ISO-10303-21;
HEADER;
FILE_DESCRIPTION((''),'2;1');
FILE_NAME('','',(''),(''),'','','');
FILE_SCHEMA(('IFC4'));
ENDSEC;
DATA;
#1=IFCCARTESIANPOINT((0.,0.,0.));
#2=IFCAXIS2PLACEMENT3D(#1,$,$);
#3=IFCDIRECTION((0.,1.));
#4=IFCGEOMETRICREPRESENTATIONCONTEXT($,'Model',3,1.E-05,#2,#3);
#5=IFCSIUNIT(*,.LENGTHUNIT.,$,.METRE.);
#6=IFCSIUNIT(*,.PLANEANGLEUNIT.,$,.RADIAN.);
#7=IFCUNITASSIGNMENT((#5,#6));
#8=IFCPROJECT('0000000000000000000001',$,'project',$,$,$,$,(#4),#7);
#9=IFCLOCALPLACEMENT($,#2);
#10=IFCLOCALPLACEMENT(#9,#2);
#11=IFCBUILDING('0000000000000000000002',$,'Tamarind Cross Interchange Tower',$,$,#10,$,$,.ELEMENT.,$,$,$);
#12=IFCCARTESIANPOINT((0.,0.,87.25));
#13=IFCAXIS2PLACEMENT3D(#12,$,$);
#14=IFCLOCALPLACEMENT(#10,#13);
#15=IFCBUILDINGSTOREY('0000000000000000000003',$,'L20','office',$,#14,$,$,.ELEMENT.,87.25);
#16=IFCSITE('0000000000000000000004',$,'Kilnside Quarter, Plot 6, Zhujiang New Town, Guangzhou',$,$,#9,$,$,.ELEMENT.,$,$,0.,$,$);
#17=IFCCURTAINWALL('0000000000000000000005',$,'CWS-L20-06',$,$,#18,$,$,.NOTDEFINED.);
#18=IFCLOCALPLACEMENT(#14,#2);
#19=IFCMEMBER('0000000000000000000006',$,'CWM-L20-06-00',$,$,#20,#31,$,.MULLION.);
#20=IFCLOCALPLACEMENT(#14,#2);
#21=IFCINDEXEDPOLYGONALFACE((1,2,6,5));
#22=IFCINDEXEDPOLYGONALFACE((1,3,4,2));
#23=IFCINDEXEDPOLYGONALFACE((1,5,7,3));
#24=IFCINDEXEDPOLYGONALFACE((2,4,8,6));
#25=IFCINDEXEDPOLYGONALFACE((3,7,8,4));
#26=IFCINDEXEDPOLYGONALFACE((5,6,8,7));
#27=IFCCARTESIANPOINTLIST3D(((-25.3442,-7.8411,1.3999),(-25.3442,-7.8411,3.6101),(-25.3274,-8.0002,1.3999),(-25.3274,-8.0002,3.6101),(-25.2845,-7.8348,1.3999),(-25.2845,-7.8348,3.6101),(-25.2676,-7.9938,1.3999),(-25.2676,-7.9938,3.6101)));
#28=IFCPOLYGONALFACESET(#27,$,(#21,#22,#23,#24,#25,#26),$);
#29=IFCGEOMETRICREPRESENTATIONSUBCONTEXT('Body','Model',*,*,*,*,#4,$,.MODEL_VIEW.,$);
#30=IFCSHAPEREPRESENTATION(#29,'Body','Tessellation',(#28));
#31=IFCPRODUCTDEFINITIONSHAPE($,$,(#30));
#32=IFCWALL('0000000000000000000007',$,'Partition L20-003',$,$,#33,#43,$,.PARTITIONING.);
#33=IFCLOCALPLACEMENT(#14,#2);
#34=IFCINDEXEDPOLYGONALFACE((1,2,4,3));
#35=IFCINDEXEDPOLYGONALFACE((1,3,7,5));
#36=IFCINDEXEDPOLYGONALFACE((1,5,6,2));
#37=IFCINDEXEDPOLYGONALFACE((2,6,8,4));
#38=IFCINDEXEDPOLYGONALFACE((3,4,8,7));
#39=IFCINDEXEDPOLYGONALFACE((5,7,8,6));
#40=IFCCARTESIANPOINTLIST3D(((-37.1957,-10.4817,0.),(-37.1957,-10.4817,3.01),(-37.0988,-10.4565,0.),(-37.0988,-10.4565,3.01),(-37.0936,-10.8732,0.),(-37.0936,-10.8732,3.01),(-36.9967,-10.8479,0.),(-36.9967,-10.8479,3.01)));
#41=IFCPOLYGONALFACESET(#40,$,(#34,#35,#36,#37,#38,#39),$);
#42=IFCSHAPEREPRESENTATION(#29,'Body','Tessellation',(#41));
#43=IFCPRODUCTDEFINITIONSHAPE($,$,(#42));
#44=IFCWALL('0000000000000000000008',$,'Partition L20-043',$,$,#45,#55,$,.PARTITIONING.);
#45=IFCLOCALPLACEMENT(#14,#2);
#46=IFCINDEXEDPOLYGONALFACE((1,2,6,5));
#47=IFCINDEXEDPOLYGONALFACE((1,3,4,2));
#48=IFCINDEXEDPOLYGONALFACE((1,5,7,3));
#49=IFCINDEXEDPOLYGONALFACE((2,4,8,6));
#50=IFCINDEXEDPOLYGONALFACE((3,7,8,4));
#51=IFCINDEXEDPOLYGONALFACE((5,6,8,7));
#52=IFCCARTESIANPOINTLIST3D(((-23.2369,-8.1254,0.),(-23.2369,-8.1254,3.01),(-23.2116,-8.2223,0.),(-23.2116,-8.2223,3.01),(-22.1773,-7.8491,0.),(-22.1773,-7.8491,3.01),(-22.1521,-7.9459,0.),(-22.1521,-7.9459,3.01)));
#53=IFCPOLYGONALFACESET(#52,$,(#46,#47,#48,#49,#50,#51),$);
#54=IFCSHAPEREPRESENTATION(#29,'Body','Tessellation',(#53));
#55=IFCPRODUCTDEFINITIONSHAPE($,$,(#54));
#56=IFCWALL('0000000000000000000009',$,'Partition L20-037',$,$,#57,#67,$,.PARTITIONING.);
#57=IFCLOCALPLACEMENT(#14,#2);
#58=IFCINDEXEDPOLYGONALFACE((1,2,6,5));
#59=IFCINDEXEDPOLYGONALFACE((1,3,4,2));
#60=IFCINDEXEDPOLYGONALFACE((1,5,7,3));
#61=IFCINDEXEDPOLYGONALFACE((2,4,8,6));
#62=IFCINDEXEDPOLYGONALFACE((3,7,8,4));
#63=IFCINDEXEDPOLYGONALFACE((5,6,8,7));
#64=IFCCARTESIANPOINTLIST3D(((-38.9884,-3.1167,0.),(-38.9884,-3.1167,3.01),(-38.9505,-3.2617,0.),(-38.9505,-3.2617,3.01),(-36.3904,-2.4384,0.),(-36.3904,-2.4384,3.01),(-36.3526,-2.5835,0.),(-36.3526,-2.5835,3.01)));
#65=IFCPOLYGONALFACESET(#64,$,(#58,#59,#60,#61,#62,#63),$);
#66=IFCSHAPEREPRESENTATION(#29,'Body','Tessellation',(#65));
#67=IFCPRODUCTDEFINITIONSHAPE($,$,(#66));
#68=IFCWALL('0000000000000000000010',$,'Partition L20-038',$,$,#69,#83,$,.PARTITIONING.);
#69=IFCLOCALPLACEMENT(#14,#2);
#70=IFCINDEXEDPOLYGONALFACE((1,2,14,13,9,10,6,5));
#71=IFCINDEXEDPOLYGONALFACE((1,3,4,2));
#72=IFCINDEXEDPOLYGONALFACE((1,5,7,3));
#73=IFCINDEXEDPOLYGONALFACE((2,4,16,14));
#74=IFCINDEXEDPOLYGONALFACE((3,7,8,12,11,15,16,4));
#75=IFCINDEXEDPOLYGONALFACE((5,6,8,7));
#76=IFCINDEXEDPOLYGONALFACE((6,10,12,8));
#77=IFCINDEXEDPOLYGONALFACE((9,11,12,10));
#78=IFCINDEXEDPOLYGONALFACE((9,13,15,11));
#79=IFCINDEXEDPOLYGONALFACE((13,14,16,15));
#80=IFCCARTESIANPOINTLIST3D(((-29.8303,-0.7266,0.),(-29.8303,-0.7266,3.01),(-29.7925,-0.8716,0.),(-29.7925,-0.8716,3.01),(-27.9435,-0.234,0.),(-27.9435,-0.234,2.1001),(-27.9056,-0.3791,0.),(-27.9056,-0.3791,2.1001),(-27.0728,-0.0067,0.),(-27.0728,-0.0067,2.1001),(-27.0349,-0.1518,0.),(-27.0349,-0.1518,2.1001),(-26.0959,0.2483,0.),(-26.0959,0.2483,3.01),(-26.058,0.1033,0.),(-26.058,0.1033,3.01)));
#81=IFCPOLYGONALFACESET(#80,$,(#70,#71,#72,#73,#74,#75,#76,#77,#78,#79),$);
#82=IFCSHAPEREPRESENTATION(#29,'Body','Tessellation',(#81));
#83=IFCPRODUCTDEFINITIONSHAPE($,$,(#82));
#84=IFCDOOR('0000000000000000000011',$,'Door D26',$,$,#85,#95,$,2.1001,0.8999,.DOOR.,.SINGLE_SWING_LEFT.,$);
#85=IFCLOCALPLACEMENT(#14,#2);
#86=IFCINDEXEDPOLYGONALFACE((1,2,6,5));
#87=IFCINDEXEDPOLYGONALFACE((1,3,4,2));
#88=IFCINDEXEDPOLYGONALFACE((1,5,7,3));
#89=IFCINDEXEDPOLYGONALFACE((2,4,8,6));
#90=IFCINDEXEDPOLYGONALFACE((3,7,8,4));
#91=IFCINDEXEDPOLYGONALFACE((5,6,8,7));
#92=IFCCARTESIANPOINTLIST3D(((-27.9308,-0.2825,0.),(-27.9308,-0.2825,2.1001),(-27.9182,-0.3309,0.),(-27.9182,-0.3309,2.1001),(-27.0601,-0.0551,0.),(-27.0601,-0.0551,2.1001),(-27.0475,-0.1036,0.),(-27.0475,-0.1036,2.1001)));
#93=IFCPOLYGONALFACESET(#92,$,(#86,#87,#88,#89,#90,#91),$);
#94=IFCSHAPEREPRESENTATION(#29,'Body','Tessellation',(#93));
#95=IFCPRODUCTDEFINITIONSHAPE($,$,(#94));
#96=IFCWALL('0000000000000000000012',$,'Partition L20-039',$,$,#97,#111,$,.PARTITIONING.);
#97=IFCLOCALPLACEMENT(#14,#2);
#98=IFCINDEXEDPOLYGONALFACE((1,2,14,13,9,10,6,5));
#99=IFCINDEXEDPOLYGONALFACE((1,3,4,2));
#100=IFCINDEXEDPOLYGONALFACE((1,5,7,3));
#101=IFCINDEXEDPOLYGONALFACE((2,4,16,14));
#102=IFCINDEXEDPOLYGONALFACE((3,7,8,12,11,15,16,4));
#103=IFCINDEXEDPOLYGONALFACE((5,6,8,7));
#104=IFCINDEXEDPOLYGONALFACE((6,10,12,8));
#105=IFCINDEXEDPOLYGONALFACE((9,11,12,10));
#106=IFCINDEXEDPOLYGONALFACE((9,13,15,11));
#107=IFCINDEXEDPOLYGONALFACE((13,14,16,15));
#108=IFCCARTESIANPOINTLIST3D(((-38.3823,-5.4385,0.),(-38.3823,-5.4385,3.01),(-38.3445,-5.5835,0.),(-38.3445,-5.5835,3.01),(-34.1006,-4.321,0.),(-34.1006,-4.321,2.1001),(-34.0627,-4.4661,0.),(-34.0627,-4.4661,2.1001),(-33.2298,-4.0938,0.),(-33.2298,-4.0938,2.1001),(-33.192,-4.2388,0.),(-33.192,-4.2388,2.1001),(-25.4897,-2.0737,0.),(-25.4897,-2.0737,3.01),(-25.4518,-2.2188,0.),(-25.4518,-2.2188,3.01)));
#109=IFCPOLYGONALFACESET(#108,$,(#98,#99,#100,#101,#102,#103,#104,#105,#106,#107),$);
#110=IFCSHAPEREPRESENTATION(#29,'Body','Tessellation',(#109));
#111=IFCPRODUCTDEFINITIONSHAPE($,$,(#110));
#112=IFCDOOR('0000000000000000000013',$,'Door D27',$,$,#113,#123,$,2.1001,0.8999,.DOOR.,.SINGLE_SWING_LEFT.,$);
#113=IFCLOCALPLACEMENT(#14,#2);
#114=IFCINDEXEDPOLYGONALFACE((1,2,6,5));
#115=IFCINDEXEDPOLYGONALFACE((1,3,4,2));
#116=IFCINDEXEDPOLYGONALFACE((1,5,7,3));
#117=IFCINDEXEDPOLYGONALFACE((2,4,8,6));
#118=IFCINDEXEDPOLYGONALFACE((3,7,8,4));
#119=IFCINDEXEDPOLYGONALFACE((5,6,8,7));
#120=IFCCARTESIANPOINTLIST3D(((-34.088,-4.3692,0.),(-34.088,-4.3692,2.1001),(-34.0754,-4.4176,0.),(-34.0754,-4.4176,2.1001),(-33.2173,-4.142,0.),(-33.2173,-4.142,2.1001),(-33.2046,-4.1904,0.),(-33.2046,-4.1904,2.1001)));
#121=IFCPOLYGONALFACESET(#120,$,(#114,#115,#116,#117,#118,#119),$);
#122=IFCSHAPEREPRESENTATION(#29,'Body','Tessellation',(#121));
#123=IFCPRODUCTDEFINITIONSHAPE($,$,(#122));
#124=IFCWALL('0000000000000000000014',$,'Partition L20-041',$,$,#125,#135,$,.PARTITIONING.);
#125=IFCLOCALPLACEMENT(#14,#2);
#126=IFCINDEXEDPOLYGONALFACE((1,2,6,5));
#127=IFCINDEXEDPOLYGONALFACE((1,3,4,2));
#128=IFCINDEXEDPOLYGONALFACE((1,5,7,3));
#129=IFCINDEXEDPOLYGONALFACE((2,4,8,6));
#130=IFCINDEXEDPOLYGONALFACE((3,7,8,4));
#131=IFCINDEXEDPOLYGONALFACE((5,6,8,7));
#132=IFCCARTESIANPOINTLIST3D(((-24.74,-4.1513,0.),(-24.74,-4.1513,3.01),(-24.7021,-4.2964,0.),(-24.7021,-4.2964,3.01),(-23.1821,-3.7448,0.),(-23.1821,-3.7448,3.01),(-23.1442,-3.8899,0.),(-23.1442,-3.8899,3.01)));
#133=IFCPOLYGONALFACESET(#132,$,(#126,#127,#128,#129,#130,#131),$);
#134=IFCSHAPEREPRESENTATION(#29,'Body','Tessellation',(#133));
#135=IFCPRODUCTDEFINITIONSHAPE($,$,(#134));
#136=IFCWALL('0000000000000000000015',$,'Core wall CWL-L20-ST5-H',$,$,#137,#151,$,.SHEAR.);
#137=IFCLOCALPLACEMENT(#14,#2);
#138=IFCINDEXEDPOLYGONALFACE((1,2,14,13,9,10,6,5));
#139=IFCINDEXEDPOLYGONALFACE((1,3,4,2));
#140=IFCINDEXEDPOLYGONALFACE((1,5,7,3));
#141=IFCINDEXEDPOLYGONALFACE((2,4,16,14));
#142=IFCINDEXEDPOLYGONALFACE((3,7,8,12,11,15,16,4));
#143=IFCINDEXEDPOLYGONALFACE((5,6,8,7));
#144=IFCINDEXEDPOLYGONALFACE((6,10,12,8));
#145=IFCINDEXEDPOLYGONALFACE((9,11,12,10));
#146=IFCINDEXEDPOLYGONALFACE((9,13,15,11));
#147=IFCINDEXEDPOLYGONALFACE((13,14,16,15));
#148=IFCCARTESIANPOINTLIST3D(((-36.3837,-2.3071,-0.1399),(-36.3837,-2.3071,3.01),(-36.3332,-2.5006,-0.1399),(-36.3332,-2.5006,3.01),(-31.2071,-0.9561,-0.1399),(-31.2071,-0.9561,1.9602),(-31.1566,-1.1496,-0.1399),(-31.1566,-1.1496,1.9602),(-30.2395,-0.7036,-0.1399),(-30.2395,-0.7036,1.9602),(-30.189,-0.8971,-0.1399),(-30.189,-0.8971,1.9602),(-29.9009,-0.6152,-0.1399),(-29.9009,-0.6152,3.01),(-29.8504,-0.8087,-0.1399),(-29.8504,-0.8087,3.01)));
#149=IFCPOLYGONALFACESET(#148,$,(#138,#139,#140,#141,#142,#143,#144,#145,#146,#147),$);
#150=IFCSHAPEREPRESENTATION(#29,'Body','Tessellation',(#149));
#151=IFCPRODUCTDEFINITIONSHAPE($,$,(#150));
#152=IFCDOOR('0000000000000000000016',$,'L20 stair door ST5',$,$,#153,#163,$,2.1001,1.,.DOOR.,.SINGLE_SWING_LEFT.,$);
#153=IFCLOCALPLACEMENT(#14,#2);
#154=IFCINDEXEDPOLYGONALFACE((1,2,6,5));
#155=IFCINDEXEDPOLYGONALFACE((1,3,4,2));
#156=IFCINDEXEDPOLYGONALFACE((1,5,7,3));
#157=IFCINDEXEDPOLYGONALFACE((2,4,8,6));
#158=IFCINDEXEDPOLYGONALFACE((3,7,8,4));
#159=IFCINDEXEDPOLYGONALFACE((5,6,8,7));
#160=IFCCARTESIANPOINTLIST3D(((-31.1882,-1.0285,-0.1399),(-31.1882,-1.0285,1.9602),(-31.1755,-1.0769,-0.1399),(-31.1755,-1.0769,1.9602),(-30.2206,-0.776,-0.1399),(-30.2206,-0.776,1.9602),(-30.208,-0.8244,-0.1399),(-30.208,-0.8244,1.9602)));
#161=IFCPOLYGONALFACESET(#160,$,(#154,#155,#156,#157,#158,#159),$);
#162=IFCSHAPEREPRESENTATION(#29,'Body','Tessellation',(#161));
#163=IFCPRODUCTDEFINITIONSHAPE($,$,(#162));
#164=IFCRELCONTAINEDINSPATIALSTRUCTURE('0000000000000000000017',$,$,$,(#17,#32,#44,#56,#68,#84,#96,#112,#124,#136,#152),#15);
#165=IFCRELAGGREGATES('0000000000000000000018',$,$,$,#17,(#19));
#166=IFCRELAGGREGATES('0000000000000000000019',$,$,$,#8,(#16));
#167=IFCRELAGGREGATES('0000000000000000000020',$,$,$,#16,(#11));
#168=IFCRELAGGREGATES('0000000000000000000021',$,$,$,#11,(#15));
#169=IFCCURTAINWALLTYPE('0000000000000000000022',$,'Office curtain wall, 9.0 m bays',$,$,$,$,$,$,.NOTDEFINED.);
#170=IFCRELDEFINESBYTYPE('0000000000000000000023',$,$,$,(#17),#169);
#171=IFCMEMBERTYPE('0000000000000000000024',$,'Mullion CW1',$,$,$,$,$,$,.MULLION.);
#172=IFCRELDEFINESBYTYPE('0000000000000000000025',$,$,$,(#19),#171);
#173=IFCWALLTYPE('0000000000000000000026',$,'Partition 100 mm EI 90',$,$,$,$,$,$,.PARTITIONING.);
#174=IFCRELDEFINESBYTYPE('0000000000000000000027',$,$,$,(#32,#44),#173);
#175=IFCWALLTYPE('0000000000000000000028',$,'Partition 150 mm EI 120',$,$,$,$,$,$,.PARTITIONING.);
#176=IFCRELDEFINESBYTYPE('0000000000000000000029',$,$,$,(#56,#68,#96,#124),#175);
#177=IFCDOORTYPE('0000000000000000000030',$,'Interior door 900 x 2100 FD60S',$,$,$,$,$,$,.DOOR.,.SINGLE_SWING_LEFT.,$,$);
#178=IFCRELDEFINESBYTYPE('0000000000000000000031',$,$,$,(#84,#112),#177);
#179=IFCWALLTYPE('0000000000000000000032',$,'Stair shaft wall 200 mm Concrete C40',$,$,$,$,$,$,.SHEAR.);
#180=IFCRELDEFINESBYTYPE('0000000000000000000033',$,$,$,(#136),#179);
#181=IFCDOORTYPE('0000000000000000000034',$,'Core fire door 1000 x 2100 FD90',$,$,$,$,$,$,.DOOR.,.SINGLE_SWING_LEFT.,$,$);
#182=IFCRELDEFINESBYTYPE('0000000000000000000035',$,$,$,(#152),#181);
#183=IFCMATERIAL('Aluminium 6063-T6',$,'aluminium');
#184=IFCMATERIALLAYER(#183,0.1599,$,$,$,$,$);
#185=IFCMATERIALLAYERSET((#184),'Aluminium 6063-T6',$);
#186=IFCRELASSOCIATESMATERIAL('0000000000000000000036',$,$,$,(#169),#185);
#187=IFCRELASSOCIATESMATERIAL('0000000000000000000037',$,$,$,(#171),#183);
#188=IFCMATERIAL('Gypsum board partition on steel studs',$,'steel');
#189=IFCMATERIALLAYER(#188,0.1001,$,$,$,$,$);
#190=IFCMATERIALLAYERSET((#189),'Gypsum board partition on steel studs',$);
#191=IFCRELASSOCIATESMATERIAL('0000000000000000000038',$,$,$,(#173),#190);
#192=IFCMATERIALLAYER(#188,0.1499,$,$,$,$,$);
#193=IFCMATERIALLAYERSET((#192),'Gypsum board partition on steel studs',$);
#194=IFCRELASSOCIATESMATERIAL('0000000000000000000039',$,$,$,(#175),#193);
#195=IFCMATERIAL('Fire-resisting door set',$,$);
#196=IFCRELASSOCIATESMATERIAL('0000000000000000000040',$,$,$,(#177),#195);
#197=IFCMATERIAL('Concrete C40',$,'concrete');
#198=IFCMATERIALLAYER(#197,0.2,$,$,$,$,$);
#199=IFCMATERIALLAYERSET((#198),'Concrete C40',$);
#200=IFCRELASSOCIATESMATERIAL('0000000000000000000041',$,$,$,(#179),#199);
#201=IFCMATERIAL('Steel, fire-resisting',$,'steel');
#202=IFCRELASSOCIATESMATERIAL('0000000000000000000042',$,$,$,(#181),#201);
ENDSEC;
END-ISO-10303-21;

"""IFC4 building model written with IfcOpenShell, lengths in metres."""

from ifc_helpers import new_model, si_unit, direction, frame, frame_2d, origin, origin_2d, place, context, subcontext, project, spatial, rectangle, extrude, material, layer, layer_set, material_profile, profile_set, type_object, element, fill, aggregate, save


model = new_model("IFC4")

# Units and contexts
model_context = context("Model", 3, precision=1e-05, world=origin(), true_north=direction((0.0, 1.0)))
body_context = subcontext(model_context, "Body", "Model", "MODEL_VIEW")
ifc_project = project(units=[si_unit("LENGTHUNIT", "METRE"), si_unit("PLANEANGLEUNIT", "RADIAN")], contexts=[model_context])

# Site, building, storey
site_placement = place(None, origin())
site = spatial("IfcSite", under=ifc_project, at=site_placement, Name="Kilnside Quarter, Plot 6, Zhujiang New Town, Guangzhou", CompositionType="ELEMENT", RefElevation=0.0)
building_placement = place(site_placement, origin())
building = spatial("IfcBuilding", under=site, at=building_placement, Name="Tamarind Cross Interchange Tower", CompositionType="ELEMENT")
storey_placement = place(building_placement, frame((0.0, 0.0, 87.25)))
storey = spatial("IfcBuildingStorey", under=building, at=storey_placement, Name="L20", Description="office", CompositionType="ELEMENT", Elevation=87.25)

# Shared definitions
ifc_material_1 = material(Name="Aluminium 6063-T6", Category="aluminium")
ifc_layer_1 = layer(ifc_material_1, 0.1599)
ifc_layer_set_1 = layer_set([ifc_layer_1], Name="Aluminium 6063-T6")
curtain_wall_type = type_object("IfcCurtainWallType", Name="Office curtain wall, 9.0 m bays", PredefinedType="NOTDEFINED", material=ifc_layer_set_1)
ifc_material_profile_1 = material_profile(ifc_material_1, rectangle(XDim=0.0601, YDim=0.1599, at=origin_2d()), Name="Mullion CW1")
ifc_profile_set_1 = profile_set([ifc_material_profile_1], Name="Aluminium 6063-T6")
member_type = type_object("IfcMemberType", Name="Mullion CW1", PredefinedType="MULLION", material=ifc_profile_set_1)

# Curtain wall, member
curtain_wall_1_placement = place(storey_placement, origin())
curtain_wall_1 = element("IfcCurtainWall", 1, at=curtain_wall_1_placement, inside=storey, type_object=curtain_wall_type, Name="CWS-L20-06", PredefinedType="NOTDEFINED")
member_1_placement = place(storey_placement, frame((-25.3059, -7.9175, 1.3999), z_axis=(0.0, 0.0, 1.0), x_axis=(0.99444, 0.105306, 0.0)))
member_1 = element("IfcMember", 2, at=member_1_placement, type_object=member_type, Name="CWM-L20-06-00", PredefinedType="MULLION", context=body_context, shape_type="SweptSolid", body=[
    extrude(rectangle(XDim=0.0601, YDim=0.1599, at=origin_2d()), origin(), (0.0, 0.0, 1.0), 2.2102),
])
aggregate(curtain_wall_1, [member_1])

# Walls
ifc_material_2 = material(Name="Gypsum board partition on steel studs", Category="steel")
ifc_layer_2 = layer(ifc_material_2, 0.1001)
ifc_layer_set_2 = layer_set([ifc_layer_2], Name="Gypsum board partition on steel studs")
wall_type_1 = type_object("IfcWallType", Name="Partition 100 mm EI 90", PredefinedType="PARTITIONING", material=ifc_layer_set_2)
wall_1_placement = place(storey_placement, frame((-37.1472, -10.4692, 0.0), z_axis=(0.0, 0.0, 1.0), x_axis=(0.252324, -0.967643, 0.0)))
element("IfcWall", 3, at=wall_1_placement, inside=storey, type_object=wall_type_1, Name="Partition L20-003", PredefinedType="PARTITIONING", context=body_context, shape_type="SweptSolid", body=[
    extrude(rectangle(XDim=0.4045, YDim=0.1001, at=frame_2d((0.2021, 0.0))), origin(), (0.0, 0.0, 1.0), 3.01),
])
wall_2_placement = place(storey_placement, frame((-23.2241, -8.1738, 0.0), z_axis=(0.0, 0.0, 1.0), x_axis=(0.967627, 0.252386, 0.0)))
element("IfcWall", 4, at=wall_2_placement, inside=storey, type_object=wall_type_1, Name="Partition L20-043", PredefinedType="PARTITIONING", context=body_context, shape_type="SweptSolid", body=[
    extrude(rectangle(XDim=1.095, YDim=0.1001, at=frame_2d((0.5474, 0.0))), origin(), (0.0, 0.0, 1.0), 3.01),
])
ifc_layer_3 = layer(ifc_material_2, 0.1499)
ifc_layer_set_3 = layer_set([ifc_layer_3], Name="Gypsum board partition on steel studs")
wall_type_2 = type_object("IfcWallType", Name="Partition 150 mm EI 120", PredefinedType="PARTITIONING", material=ifc_layer_set_3)
wall_3_placement = place(storey_placement, frame((-38.9695, -3.1892, 0.0), z_axis=(0.0, 0.0, 1.0), x_axis=(0.967571, 0.2526, 0.0)))
element("IfcWall", 5, at=wall_3_placement, inside=storey, type_object=wall_type_2, Name="Partition L20-037", PredefinedType="PARTITIONING", context=body_context, shape_type="SweptSolid", body=[
    extrude(rectangle(XDim=2.6851, YDim=0.1499, at=frame_2d((1.3425, 0.0))), origin(), (0.0, 0.0, 1.0), 3.01),
])

# Walls, openings, doors
wall_4_placement = place(storey_placement, frame((-29.8113, -0.7991, 0.0), z_axis=(0.0, 0.0, 1.0), x_axis=(0.967575, 0.252584, 0.0)))
wall_4 = element("IfcWall", 6, at=wall_4_placement, inside=storey, type_object=wall_type_2, Name="Partition L20-038", PredefinedType="PARTITIONING", context=body_context, shape_type="SweptSolid", body=[
    extrude(rectangle(XDim=3.8596, YDim=0.1499, at=frame_2d((1.9297, 0.0))), origin(), (0.0, 0.0, 1.0), 3.01),
])
opening_1_placement = place(wall_4_placement, frame((1.95, 0.0, 0.0)))
opening_1 = element("IfcOpeningElement", 7, at=opening_1_placement, cuts=wall_4, PredefinedType="OPENING", context=body_context, shape_type="SweptSolid", body=[
    extrude(rectangle(XDim=0.8999, YDim=2.1001, at=frame_2d((0.45, 1.05))), frame((0.0, 0.085, 0.0), z_axis=(0.0, -1.0, 0.0), x_axis=(1.0, 0.0, 0.0)), (0.0, 0.0, 1.0), 0.1699),
])
ifc_material_3 = material(Name="Fire-resisting door set")
door_type_1 = type_object("IfcDoorType", Name="Interior door 900 x 2100 FD60S", OperationType="SINGLE_SWING_LEFT", PredefinedType="DOOR", material=ifc_material_3)
door_1_placement = place(opening_1_placement, origin())
door_1 = element("IfcDoor", 8, at=door_1_placement, inside=storey, type_object=door_type_1, Name="Door D26", OperationType="SINGLE_SWING_LEFT", OverallHeight=2.1001, OverallWidth=0.8999, PredefinedType="DOOR", context=body_context, shape_type="SweptSolid", body=[
    extrude(rectangle(XDim=0.8999, YDim=2.1001, at=frame_2d((0.45, 1.05))), frame((0.0, 0.0249, 0.0), z_axis=(0.0, -1.0, 0.0), x_axis=(1.0, 0.0, 0.0)), (0.0, 0.0, 1.0), 0.05),
])
fill(opening_1, door_1)
wall_5_placement = place(storey_placement, frame((-38.3633, -5.511, 0.0), z_axis=(0.0, 0.0, 1.0), x_axis=(0.96759, 0.252525, 0.0)))
wall_5 = element("IfcWall", 9, at=wall_5_placement, inside=storey, type_object=wall_type_2, Name="Partition L20-039", PredefinedType="PARTITIONING", context=body_context, shape_type="SweptSolid", body=[
    extrude(rectangle(XDim=13.3245, YDim=0.1499, at=frame_2d((6.6621, 0.0))), origin(), (0.0, 0.0, 1.0), 3.01),
])
opening_2_placement = place(wall_5_placement, frame((4.425, 0.0, 0.0)))
opening_2 = element("IfcOpeningElement", 10, at=opening_2_placement, cuts=wall_5, PredefinedType="OPENING", context=body_context, shape_type="SweptSolid", body=[
    extrude(rectangle(XDim=0.8999, YDim=2.1001, at=frame_2d((0.45, 1.05))), frame((0.0, 0.085, 0.0), z_axis=(0.0, -1.0, 0.0), x_axis=(1.0, 0.0, 0.0)), (0.0, 0.0, 1.0), 0.1699),
])
door_2_placement = place(opening_2_placement, frame((0.8999, 0.0, 0.0), z_axis=(0.0, 0.0, 1.0), x_axis=(-1.0, 0.0, 0.0)))
door_2 = element("IfcDoor", 11, at=door_2_placement, inside=storey, type_object=door_type_1, Name="Door D27", OperationType="SINGLE_SWING_LEFT", OverallHeight=2.1001, OverallWidth=0.8999, PredefinedType="DOOR", context=body_context, shape_type="SweptSolid", body=[
    extrude(rectangle(XDim=0.8999, YDim=2.1001, at=frame_2d((0.45, 1.05))), frame((0.0, 0.0249, 0.0), z_axis=(0.0, -1.0, 0.0), x_axis=(1.0, 0.0, 0.0)), (0.0, 0.0, 1.0), 0.05),
])
fill(opening_2, door_2)

# Wall
wall_6_placement = place(storey_placement, frame((-24.7212, -4.2239, 0.0), z_axis=(0.0, 0.0, 1.0), x_axis=(0.967603, 0.252477, 0.0)))
element("IfcWall", 12, at=wall_6_placement, inside=storey, type_object=wall_type_2, Name="Partition L20-041", PredefinedType="PARTITIONING", context=body_context, shape_type="SweptSolid", body=[
    extrude(rectangle(XDim=1.6101, YDim=0.1499, at=frame_2d((0.8052, 0.0))), origin(), (0.0, 0.0, 1.0), 3.01),
])

# Wall, opening, door
ifc_material_4 = material(Name="Concrete C40", Category="concrete")
ifc_layer_4 = layer(ifc_material_4, 0.2)
ifc_layer_set_4 = layer_set([ifc_layer_4], Name="Concrete C40")
wall_type_3 = type_object("IfcWallType", Name="Stair shaft wall 200 mm Concrete C40", PredefinedType="SHEAR", material=ifc_layer_set_4)
wall_7_placement = place(storey_placement, frame((-29.8755, -0.7119, -0.1399), z_axis=(0.0, 0.0, 1.0), x_axis=(-0.967592, -0.25252, 0.0)))
wall_7 = element("IfcWall", 13, at=wall_7_placement, inside=storey, type_object=wall_type_3, Name="Core wall CWL-L20-ST5-H", PredefinedType="SHEAR", context=body_context, shape_type="SweptSolid", body=[
    extrude(rectangle(XDim=6.7, YDim=0.2, at=frame_2d((3.3501, 0.0))), origin(), (0.0, 0.0, 1.0), 3.1499),
])
opening_3_placement = place(wall_7_placement, frame((0.3501, 0.0, 0.0)))
opening_3 = element("IfcOpeningElement", 14, at=opening_3_placement, cuts=wall_7, PredefinedType="OPENING", context=body_context, shape_type="SweptSolid", body=[
    extrude(rectangle(XDim=1.0, YDim=2.1001, at=frame_2d((0.5, 1.05))), frame((0.0, 0.1099, 0.0), z_axis=(0.0, -1.0, 0.0), x_axis=(1.0, 0.0, 0.0)), (0.0, 0.0, 1.0), 0.22),
])
ifc_material_5 = material(Name="Steel, fire-resisting", Category="steel")
door_type_2 = type_object("IfcDoorType", Name="Core fire door 1000 x 2100 FD90", OperationType="SINGLE_SWING_LEFT", PredefinedType="DOOR", material=ifc_material_5)
door_3_placement = place(opening_3_placement, origin())
door_3 = element("IfcDoor", 15, at=door_3_placement, inside=storey, type_object=door_type_2, Name="L20 stair door ST5", OperationType="SINGLE_SWING_LEFT", OverallHeight=2.1001, OverallWidth=1.0, PredefinedType="DOOR", context=body_context, shape_type="SweptSolid", body=[
    extrude(rectangle(XDim=1.0, YDim=2.1001, at=frame_2d((0.5, 1.05))), frame((0.0, 0.0249, 0.0), z_axis=(0.0, -1.0, 0.0), x_axis=(1.0, 0.0, 0.0)), (0.0, 0.0, 1.0), 0.05),
])
fill(opening_3, door_3)

save(model, "model.ifc")
